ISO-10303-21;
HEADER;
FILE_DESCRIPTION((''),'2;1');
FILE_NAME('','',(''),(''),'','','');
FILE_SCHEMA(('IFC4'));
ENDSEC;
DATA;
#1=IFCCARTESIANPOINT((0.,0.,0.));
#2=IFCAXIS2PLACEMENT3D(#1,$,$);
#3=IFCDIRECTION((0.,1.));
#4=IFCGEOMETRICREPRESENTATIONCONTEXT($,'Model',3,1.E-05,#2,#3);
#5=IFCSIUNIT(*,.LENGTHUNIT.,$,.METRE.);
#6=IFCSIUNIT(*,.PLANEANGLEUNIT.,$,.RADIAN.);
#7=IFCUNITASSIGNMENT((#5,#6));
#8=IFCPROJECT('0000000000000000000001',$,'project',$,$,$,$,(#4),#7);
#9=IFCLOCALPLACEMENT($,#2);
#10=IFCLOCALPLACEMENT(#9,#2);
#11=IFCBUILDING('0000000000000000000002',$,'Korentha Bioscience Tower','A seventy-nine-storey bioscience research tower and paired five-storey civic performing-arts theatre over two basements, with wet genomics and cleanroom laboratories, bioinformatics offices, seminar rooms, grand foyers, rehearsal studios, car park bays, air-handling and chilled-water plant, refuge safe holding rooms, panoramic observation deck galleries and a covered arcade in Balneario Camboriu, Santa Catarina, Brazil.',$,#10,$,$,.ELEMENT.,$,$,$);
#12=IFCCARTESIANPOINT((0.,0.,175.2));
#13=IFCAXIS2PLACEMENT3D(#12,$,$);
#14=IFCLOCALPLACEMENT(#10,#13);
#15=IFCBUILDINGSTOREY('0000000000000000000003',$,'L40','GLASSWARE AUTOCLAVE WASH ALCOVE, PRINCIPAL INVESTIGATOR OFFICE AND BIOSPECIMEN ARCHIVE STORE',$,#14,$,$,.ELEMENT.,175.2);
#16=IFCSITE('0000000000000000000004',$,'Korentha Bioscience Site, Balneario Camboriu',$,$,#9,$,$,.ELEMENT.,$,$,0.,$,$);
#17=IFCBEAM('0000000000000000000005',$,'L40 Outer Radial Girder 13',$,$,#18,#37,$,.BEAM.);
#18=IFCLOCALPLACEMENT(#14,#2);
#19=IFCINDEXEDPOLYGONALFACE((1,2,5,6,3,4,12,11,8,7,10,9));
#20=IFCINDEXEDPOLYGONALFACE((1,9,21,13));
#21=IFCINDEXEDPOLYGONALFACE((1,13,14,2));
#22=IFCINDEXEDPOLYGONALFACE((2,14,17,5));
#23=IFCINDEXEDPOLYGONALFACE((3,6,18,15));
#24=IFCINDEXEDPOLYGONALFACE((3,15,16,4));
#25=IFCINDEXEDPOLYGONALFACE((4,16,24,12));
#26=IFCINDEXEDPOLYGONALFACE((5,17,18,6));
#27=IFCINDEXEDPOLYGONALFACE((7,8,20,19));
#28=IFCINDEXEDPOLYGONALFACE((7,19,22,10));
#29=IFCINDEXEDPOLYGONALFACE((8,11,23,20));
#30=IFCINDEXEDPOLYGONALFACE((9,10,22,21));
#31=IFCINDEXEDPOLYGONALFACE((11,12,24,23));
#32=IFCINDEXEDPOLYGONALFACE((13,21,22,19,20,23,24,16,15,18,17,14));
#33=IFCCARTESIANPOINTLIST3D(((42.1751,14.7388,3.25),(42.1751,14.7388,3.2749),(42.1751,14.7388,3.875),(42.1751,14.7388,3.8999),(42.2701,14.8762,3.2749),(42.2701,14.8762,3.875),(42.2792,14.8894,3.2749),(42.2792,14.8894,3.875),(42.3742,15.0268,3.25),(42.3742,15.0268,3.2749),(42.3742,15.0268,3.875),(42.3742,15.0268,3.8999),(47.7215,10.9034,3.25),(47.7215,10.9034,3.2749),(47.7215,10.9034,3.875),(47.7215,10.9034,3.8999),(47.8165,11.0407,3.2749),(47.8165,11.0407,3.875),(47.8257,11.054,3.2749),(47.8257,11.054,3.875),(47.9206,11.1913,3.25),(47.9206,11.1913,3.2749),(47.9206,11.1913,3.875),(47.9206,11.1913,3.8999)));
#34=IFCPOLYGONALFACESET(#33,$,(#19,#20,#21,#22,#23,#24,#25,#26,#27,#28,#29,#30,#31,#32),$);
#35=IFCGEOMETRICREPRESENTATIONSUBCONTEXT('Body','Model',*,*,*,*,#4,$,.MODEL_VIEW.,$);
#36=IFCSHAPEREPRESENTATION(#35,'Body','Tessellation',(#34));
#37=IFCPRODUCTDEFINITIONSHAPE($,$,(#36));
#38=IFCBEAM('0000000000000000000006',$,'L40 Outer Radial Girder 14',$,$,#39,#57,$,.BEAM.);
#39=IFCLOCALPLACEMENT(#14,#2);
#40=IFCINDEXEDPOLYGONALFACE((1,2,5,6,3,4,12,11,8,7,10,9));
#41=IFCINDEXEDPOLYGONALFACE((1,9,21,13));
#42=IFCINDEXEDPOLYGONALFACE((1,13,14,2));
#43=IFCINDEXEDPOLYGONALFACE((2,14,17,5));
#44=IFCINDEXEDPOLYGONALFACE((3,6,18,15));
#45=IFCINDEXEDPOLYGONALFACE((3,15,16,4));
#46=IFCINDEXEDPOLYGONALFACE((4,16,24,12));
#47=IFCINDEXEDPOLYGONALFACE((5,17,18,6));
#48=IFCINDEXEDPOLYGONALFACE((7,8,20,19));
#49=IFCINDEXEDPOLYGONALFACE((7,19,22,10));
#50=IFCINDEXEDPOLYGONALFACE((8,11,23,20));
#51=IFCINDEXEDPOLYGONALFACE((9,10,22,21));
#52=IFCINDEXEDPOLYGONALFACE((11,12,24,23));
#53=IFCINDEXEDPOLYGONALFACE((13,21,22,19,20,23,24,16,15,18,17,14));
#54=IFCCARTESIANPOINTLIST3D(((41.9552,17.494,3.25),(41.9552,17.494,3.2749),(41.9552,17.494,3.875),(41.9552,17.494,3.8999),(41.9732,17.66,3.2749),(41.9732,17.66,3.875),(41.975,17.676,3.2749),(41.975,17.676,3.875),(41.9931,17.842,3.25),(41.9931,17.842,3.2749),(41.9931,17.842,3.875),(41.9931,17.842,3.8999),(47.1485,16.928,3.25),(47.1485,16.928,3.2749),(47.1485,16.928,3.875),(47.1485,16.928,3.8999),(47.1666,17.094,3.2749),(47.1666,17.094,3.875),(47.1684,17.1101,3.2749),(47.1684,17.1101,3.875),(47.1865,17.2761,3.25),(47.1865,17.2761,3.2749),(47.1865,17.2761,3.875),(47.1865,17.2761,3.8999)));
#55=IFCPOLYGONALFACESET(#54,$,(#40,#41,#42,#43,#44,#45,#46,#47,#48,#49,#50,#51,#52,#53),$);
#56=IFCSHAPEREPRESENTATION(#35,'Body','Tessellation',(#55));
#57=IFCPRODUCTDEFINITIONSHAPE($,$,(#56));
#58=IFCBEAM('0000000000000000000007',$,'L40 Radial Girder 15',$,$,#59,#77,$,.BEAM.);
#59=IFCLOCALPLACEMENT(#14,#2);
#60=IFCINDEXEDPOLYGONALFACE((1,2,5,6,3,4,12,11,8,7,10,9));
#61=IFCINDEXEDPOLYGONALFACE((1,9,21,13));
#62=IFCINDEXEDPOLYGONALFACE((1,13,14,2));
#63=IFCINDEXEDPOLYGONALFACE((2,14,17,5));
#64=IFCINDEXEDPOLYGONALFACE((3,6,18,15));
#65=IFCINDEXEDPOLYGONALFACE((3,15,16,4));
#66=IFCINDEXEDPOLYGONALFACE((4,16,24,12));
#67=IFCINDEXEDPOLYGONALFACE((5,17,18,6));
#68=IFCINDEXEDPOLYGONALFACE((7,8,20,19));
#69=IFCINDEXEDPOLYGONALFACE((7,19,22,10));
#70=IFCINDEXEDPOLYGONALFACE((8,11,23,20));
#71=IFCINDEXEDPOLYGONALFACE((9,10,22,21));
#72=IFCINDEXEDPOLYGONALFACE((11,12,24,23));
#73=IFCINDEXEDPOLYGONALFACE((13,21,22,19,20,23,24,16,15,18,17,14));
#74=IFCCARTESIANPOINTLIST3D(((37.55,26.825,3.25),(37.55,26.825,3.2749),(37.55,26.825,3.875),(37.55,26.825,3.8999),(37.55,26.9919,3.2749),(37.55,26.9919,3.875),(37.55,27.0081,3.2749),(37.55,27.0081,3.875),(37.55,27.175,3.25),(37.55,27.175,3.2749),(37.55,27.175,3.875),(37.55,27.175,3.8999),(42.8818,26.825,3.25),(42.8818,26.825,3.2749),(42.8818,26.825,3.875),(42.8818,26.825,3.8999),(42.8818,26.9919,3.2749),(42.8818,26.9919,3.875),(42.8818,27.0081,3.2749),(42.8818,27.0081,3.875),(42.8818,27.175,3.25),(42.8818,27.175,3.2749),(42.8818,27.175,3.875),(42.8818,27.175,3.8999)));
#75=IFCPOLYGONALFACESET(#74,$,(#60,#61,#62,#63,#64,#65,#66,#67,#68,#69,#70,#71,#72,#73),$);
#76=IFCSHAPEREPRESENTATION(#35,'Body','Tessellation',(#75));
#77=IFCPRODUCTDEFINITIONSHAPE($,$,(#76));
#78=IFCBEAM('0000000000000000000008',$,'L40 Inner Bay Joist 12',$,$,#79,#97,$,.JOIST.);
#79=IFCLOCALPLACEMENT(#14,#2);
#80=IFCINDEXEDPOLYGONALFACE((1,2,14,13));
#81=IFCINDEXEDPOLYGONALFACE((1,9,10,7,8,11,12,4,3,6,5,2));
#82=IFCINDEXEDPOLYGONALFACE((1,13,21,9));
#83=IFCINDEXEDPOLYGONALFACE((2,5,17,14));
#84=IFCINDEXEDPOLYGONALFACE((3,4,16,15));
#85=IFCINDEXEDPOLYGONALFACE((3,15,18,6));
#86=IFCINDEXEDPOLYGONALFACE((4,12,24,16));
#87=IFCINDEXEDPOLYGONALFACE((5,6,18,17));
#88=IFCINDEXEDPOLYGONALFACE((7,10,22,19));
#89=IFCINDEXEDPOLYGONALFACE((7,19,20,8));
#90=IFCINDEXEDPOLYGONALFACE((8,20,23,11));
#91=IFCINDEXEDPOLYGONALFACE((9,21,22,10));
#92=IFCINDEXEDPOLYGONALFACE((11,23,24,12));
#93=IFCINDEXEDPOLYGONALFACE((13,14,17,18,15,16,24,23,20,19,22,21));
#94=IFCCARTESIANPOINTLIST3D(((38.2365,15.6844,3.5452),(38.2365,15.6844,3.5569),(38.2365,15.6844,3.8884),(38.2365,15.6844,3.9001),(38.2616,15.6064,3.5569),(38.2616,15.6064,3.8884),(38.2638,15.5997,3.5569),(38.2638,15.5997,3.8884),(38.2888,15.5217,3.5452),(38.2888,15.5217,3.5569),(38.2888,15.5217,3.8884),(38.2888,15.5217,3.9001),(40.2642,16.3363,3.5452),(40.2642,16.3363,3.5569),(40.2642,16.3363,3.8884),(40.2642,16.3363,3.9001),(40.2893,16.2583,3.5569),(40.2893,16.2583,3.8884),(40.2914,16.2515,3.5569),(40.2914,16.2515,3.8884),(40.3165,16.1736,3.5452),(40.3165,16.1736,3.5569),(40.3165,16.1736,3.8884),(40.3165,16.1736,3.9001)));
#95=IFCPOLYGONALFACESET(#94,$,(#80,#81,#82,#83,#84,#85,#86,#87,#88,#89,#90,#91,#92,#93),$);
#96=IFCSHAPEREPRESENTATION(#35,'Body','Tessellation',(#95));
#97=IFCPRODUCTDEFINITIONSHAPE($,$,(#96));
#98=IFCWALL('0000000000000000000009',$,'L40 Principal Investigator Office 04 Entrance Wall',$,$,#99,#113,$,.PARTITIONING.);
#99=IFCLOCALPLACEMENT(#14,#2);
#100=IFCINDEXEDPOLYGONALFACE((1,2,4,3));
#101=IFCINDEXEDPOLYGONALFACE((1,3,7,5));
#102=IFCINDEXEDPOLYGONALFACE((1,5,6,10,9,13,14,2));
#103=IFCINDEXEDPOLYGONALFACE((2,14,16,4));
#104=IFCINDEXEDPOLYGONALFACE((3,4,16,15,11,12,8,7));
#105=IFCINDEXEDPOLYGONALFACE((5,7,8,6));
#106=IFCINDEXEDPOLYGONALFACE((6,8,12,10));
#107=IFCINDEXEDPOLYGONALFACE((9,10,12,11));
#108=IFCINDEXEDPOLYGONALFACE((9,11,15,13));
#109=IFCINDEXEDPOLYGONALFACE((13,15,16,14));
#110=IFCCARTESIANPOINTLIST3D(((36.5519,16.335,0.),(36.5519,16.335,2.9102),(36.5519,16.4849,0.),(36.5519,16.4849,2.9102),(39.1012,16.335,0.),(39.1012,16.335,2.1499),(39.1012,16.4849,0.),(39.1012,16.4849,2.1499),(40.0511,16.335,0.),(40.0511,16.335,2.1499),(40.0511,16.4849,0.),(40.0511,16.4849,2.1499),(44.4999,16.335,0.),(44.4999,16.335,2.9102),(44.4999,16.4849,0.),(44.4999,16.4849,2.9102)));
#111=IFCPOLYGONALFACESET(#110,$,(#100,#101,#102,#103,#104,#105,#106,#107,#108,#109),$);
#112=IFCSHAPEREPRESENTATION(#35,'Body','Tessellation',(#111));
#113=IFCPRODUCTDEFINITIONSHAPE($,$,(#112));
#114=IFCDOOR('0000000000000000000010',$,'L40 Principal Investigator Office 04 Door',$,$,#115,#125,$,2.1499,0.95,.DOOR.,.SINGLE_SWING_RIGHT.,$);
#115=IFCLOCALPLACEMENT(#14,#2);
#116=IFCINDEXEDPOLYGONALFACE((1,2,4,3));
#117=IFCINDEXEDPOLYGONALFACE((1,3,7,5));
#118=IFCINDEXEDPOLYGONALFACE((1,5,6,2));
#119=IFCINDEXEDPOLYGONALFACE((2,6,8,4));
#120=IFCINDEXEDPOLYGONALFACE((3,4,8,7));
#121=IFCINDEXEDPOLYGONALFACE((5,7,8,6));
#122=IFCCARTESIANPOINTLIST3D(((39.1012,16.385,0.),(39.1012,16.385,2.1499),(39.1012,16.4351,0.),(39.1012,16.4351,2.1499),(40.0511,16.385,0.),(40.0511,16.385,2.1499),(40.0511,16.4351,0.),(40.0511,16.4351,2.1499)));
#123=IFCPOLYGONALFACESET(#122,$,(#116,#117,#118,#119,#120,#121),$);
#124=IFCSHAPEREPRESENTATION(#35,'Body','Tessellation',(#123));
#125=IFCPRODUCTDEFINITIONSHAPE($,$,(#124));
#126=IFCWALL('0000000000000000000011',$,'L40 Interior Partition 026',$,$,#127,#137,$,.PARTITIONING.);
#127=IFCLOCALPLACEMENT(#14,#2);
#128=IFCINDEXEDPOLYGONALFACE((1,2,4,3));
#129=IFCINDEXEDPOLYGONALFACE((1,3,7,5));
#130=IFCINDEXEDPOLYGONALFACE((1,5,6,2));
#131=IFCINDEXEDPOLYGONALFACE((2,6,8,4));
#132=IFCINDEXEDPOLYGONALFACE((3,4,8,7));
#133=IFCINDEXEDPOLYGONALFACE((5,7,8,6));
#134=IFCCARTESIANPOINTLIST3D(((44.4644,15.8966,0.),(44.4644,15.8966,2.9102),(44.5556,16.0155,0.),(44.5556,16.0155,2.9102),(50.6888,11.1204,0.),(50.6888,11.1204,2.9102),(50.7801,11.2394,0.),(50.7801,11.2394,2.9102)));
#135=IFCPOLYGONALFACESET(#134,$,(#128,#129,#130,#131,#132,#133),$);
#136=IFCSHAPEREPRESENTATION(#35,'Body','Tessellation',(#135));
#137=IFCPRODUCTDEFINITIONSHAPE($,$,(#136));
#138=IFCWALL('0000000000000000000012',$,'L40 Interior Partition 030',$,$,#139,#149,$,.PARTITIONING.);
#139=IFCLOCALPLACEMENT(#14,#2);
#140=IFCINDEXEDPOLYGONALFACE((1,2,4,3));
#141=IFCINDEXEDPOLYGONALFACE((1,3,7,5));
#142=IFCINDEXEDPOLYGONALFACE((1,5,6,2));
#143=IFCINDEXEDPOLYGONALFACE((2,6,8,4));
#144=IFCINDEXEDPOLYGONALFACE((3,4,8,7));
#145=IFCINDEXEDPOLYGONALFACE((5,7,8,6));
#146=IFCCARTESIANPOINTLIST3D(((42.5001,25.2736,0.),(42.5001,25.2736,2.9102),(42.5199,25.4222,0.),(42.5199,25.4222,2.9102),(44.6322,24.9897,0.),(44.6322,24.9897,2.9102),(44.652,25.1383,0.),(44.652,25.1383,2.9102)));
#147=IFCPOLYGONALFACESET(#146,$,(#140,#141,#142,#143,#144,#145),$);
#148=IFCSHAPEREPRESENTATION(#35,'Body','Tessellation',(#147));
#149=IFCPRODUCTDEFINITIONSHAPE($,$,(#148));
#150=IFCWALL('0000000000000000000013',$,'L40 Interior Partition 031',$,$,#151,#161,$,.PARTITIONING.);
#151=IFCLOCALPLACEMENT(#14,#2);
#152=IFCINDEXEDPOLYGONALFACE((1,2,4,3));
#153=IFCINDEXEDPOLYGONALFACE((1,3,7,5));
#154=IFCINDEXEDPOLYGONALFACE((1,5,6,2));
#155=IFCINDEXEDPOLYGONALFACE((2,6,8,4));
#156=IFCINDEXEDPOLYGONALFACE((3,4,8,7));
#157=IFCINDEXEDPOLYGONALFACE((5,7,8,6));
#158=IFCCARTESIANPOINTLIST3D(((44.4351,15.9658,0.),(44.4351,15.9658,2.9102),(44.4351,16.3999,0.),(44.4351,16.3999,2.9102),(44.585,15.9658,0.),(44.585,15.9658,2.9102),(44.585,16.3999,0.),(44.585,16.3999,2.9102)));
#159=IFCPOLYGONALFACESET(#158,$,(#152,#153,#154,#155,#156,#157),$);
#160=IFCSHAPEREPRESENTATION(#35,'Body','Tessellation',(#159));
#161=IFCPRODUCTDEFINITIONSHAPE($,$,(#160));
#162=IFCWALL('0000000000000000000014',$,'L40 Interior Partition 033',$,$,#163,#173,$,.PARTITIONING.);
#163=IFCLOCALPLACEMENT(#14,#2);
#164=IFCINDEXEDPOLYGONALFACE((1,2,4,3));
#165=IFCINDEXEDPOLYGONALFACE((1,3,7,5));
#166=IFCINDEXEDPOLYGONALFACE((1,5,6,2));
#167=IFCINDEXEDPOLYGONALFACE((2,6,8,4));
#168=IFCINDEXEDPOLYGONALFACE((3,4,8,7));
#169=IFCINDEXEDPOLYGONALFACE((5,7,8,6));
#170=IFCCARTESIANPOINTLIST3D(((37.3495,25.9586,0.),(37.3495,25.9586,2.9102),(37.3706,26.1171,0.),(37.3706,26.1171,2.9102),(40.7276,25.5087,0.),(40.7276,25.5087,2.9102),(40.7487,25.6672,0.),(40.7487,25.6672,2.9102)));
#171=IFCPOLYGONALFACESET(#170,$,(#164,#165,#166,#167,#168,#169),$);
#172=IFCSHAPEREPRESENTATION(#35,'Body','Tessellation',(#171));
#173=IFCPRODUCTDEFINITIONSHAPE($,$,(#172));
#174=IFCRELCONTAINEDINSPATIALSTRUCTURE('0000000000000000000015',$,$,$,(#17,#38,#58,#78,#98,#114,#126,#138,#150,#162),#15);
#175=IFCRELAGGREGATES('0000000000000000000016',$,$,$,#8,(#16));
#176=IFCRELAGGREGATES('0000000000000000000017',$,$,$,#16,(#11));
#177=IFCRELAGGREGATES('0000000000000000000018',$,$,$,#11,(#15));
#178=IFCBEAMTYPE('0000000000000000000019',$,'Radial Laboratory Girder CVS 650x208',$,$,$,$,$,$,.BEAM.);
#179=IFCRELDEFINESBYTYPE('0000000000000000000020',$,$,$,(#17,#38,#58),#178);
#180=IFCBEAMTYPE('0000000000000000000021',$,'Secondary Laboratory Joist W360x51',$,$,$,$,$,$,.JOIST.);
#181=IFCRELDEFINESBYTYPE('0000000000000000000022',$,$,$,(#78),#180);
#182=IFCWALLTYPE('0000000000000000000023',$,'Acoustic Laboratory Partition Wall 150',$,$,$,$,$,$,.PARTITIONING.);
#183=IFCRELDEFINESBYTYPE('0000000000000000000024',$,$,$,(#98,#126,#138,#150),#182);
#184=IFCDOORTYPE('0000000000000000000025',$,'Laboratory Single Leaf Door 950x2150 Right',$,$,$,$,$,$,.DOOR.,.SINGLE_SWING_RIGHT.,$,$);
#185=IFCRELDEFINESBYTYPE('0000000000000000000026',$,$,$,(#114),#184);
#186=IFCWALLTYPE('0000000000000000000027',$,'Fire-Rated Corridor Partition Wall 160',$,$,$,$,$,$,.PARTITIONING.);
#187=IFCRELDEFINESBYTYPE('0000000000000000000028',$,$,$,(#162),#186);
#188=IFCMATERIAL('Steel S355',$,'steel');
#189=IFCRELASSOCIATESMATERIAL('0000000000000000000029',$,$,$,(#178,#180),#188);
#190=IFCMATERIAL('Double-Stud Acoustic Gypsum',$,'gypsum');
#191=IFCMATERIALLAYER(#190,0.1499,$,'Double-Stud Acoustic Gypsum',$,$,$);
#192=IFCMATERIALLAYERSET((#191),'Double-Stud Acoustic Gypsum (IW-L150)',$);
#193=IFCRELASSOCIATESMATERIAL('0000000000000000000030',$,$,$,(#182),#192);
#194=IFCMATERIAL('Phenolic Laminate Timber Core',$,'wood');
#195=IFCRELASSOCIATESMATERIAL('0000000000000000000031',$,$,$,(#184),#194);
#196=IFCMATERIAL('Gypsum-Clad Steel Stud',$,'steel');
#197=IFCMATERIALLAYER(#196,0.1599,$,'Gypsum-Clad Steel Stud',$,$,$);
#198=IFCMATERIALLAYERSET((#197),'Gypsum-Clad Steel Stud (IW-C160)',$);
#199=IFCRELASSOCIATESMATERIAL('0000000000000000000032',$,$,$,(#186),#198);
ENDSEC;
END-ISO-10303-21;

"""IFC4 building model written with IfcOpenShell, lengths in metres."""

from ifc_helpers import new_model, si_unit, direction, frame, frame_2d, origin, origin_2d, place, context, subcontext, project, spatial, rectangle, i_section, extrude, material, layer, layer_set, material_profile, profile_set, type_object, element, fill, save


model = new_model("IFC4")

# Units and contexts
model_context = context("Model", 3, precision=1e-05, world=origin(), true_north=direction((0.0, 1.0)))
body_context = subcontext(model_context, "Body", "Model", "MODEL_VIEW")
ifc_project = project(units=[si_unit("LENGTHUNIT", "METRE"), si_unit("PLANEANGLEUNIT", "RADIAN")], contexts=[model_context])

# Site, building, storey
site_placement = place(None, origin())
site = spatial("IfcSite", under=ifc_project, at=site_placement, Name="Korentha Bioscience Site, Balneario Camboriu", CompositionType="ELEMENT", RefElevation=0.0)
building_placement = place(site_placement, origin())
building = spatial("IfcBuilding", under=site, at=building_placement, Name="Korentha Bioscience Tower", Description="A seventy-nine-storey bioscience research tower and paired five-storey civic performing-arts theatre over two basements, with wet genomics and cleanroom laboratories, bioinformatics offices, seminar rooms, grand foyers, rehearsal studios, car park bays, air-handling and chilled-water plant, refuge safe holding rooms, panoramic observation deck galleries and a covered arcade in Balneario Camboriu, Santa Catarina, Brazil.", CompositionType="ELEMENT")
storey_placement = place(building_placement, frame((0.0, 0.0, 175.2)))
storey = spatial("IfcBuildingStorey", under=building, at=storey_placement, Name="L40", Description="GLASSWARE AUTOCLAVE WASH ALCOVE, PRINCIPAL INVESTIGATOR OFFICE AND BIOSPECIMEN ARCHIVE STORE", CompositionType="ELEMENT", Elevation=175.2)

# Beams
ifc_material_1 = material(Name="Steel S355", Category="steel")
ifc_material_profile_1 = material_profile(ifc_material_1, i_section(OverallWidth=0.3501, OverallDepth=0.6499, WebThickness=0.0161, FlangeThickness=0.0249, at=origin_2d()), Name="Steel S355")
ifc_profile_set_1 = profile_set([ifc_material_profile_1], Name="Steel S355 (RB-650)")
beam_type_1 = type_object("IfcBeamType", Name="Radial Laboratory Girder CVS 650x208", PredefinedType="BEAM", material=ifc_profile_set_1)
beam_1_placement = place(storey_placement, frame((42.2747, 14.8828, 3.575), z_axis=(0.822494, -0.568773, 0.0), x_axis=(0.568773, 0.822494, 0.0)))
element("IfcBeam", 1, at=beam_1_placement, inside=storey, type_object=beam_type_1, Name="L40 Outer Radial Girder 13", PredefinedType="BEAM", context=body_context, shape_type="SweptSolid", body=[
    extrude(i_section(OverallWidth=0.3501, OverallDepth=0.6499, WebThickness=0.0161, FlangeThickness=0.0249, at=origin_2d()), origin(), (0.0, 0.0, 1.0), 6.7434),
])
beam_2_placement = place(storey_placement, frame((41.9741, 17.668, 3.575), z_axis=(0.994115, -0.108328, 0.0), x_axis=(0.108328, 0.994115, 0.0)))
element("IfcBeam", 2, at=beam_2_placement, inside=storey, type_object=beam_type_1, Name="L40 Outer Radial Girder 14", PredefinedType="BEAM", context=body_context, shape_type="SweptSolid", body=[
    extrude(i_section(OverallWidth=0.3501, OverallDepth=0.6499, WebThickness=0.0161, FlangeThickness=0.0249, at=origin_2d()), origin(), (0.0, 0.0, 1.0), 5.2241),
])
beam_3_placement = place(storey_placement, frame((37.55, 27.0, 3.575), z_axis=(1.0, 0.0, 0.0), x_axis=(0.0, 1.0, 0.0)))
element("IfcBeam", 3, at=beam_3_placement, inside=storey, type_object=beam_type_1, Name="L40 Radial Girder 15", PredefinedType="BEAM", context=body_context, shape_type="SweptSolid", body=[
    extrude(i_section(OverallWidth=0.3501, OverallDepth=0.6499, WebThickness=0.0161, FlangeThickness=0.0249, at=origin_2d()), origin(), (0.0, 0.0, 1.0), 5.3318),
])
ifc_material_profile_2 = material_profile(ifc_material_1, i_section(OverallWidth=0.1709, OverallDepth=0.355, WebThickness=0.0071, FlangeThickness=0.0117, at=origin_2d()), Name="Steel S355")
ifc_profile_set_2 = profile_set([ifc_material_profile_2], Name="Steel S355 (JB-360)")
beam_type_2 = type_object("IfcBeamType", Name="Secondary Laboratory Joist W360x51", PredefinedType="JOIST", material=ifc_profile_set_2)
beam_4_placement = place(storey_placement, frame((38.2627, 15.603, 3.7227), z_axis=(0.952011, 0.306065, 0.0), x_axis=(-0.306065, 0.952011, 0.0)))
element("IfcBeam", 4, at=beam_4_placement, inside=storey, type_object=beam_type_2, Name="L40 Inner Bay Joist 12", PredefinedType="JOIST", context=body_context, shape_type="SweptSolid", body=[
    extrude(i_section(OverallWidth=0.1709, OverallDepth=0.355, WebThickness=0.0071, FlangeThickness=0.0117, at=origin_2d()), origin(), (0.0, 0.0, 1.0), 2.1299),
])

# Wall, opening, door
ifc_material_2 = material(Name="Double-Stud Acoustic Gypsum", Category="gypsum")
ifc_layer_1 = layer(ifc_material_2, 0.1499, Name="Double-Stud Acoustic Gypsum")
ifc_layer_set_1 = layer_set([ifc_layer_1], Name="Double-Stud Acoustic Gypsum (IW-L150)")
wall_type_1 = type_object("IfcWallType", Name="Acoustic Laboratory Partition Wall 150", PredefinedType="PARTITIONING", material=ifc_layer_set_1)
wall_1_placement = place(storey_placement, frame((44.5, 16.4099, 0.0), z_axis=(0.0, 0.0, 1.0), x_axis=(-1.0, 0.0, 0.0)))
wall_1 = element("IfcWall", 5, at=wall_1_placement, inside=storey, type_object=wall_type_1, Name="L40 Principal Investigator Office 04 Entrance Wall", PredefinedType="PARTITIONING", context=body_context, shape_type="SweptSolid", body=[
    extrude(rectangle(XDim=7.948, YDim=0.1499, at=frame_2d((3.9741, 0.0))), origin(), (0.0, 0.0, 1.0), 2.9102),
])
opening_placement = place(wall_1_placement, frame((4.4487, 0.0, 0.0)))
opening = element("IfcOpeningElement", 6, at=opening_placement, cuts=wall_1, PredefinedType="OPENING", context=body_context, shape_type="SweptSolid", body=[
    extrude(rectangle(XDim=0.95, YDim=2.1499, at=frame_2d((0.4751, 1.075))), frame((0.0, 0.0898, 0.0), z_axis=(0.0, -1.0, 0.0), x_axis=(1.0, 0.0, 0.0)), (0.0, 0.0, 1.0), 0.1797),
])
ifc_material_3 = material(Name="Phenolic Laminate Timber Core", Category="wood")
door_type = type_object("IfcDoorType", Name="Laboratory Single Leaf Door 950x2150 Right", OperationType="SINGLE_SWING_RIGHT", PredefinedType="DOOR", material=ifc_material_3)
door_placement = place(opening_placement, origin())
door = element("IfcDoor", 7, at=door_placement, inside=storey, type_object=door_type, Name="L40 Principal Investigator Office 04 Door", OperationType="SINGLE_SWING_RIGHT", OverallHeight=2.1499, OverallWidth=0.95, PredefinedType="DOOR", context=body_context, shape_type="SweptSolid", body=[
    extrude(rectangle(XDim=0.95, YDim=2.1499, at=frame_2d((0.4751, 1.075))), frame((0.0, 0.0249, 0.0), z_axis=(0.0, -1.0, 0.0), x_axis=(1.0, 0.0, 0.0)), (0.0, 0.0, 1.0), 0.05),
])
fill(opening, door)

# Walls
wall_2_placement = place(storey_placement, frame((44.51, 15.9561, 0.0), z_axis=(0.0, 0.0, 1.0), x_axis=(0.793353, -0.608761, 0.0)))
element("IfcWall", 8, at=wall_2_placement, inside=storey, type_object=wall_type_1, Name="L40 Interior Partition 026", PredefinedType="PARTITIONING", context=body_context, shape_type="SweptSolid", body=[
    extrude(rectangle(XDim=7.8457, YDim=0.1499, at=frame_2d((3.9229, 0.0))), origin(), (0.0, 0.0, 1.0), 2.9102),
])
wall_3_placement = place(storey_placement, frame((42.51, 25.3479, 0.0), z_axis=(0.0, 0.0, 1.0), x_axis=(0.991249, -0.132008, 0.0)))
element("IfcWall", 9, at=wall_3_placement, inside=storey, type_object=wall_type_1, Name="L40 Interior Partition 030", PredefinedType="PARTITIONING", context=body_context, shape_type="SweptSolid", body=[
    extrude(rectangle(XDim=2.1509, YDim=0.1499, at=frame_2d((1.0754, 0.0))), origin(), (0.0, 0.0, 1.0), 2.9102),
])
wall_4_placement = place(storey_placement, frame((44.51, 15.9658, 0.0), z_axis=(0.0, 0.0, 1.0), x_axis=(0.0, 1.0, 0.0)))
element("IfcWall", 10, at=wall_4_placement, inside=storey, type_object=wall_type_1, Name="L40 Interior Partition 031", PredefinedType="PARTITIONING", context=body_context, shape_type="SweptSolid", body=[
    extrude(rectangle(XDim=0.4341, YDim=0.1499, at=frame_2d((0.217, 0.0))), origin(), (0.0, 0.0, 1.0), 2.9102),
])
ifc_material_4 = material(Name="Gypsum-Clad Steel Stud", Category="steel")
ifc_layer_2 = layer(ifc_material_4, 0.1599, Name="Gypsum-Clad Steel Stud")
ifc_layer_set_2 = layer_set([ifc_layer_2], Name="Gypsum-Clad Steel Stud (IW-C160)")
wall_type_2 = type_object("IfcWallType", Name="Fire-Rated Corridor Partition Wall 160", PredefinedType="PARTITIONING", material=ifc_layer_set_2)
wall_5_placement = place(storey_placement, frame((40.7383, 25.5879, 0.0), z_axis=(0.0, 0.0, 1.0), x_axis=(-0.991246, 0.132028, 0.0)))
element("IfcWall", 11, at=wall_5_placement, inside=storey, type_object=wall_type_2, Name="L40 Interior Partition 033", PredefinedType="PARTITIONING", context=body_context, shape_type="SweptSolid", body=[
    extrude(rectangle(XDim=3.408, YDim=0.1599, at=frame_2d((1.7041, 0.0))), origin(), (0.0, 0.0, 1.0), 2.9102),
])

save(model, "model.ifc")
